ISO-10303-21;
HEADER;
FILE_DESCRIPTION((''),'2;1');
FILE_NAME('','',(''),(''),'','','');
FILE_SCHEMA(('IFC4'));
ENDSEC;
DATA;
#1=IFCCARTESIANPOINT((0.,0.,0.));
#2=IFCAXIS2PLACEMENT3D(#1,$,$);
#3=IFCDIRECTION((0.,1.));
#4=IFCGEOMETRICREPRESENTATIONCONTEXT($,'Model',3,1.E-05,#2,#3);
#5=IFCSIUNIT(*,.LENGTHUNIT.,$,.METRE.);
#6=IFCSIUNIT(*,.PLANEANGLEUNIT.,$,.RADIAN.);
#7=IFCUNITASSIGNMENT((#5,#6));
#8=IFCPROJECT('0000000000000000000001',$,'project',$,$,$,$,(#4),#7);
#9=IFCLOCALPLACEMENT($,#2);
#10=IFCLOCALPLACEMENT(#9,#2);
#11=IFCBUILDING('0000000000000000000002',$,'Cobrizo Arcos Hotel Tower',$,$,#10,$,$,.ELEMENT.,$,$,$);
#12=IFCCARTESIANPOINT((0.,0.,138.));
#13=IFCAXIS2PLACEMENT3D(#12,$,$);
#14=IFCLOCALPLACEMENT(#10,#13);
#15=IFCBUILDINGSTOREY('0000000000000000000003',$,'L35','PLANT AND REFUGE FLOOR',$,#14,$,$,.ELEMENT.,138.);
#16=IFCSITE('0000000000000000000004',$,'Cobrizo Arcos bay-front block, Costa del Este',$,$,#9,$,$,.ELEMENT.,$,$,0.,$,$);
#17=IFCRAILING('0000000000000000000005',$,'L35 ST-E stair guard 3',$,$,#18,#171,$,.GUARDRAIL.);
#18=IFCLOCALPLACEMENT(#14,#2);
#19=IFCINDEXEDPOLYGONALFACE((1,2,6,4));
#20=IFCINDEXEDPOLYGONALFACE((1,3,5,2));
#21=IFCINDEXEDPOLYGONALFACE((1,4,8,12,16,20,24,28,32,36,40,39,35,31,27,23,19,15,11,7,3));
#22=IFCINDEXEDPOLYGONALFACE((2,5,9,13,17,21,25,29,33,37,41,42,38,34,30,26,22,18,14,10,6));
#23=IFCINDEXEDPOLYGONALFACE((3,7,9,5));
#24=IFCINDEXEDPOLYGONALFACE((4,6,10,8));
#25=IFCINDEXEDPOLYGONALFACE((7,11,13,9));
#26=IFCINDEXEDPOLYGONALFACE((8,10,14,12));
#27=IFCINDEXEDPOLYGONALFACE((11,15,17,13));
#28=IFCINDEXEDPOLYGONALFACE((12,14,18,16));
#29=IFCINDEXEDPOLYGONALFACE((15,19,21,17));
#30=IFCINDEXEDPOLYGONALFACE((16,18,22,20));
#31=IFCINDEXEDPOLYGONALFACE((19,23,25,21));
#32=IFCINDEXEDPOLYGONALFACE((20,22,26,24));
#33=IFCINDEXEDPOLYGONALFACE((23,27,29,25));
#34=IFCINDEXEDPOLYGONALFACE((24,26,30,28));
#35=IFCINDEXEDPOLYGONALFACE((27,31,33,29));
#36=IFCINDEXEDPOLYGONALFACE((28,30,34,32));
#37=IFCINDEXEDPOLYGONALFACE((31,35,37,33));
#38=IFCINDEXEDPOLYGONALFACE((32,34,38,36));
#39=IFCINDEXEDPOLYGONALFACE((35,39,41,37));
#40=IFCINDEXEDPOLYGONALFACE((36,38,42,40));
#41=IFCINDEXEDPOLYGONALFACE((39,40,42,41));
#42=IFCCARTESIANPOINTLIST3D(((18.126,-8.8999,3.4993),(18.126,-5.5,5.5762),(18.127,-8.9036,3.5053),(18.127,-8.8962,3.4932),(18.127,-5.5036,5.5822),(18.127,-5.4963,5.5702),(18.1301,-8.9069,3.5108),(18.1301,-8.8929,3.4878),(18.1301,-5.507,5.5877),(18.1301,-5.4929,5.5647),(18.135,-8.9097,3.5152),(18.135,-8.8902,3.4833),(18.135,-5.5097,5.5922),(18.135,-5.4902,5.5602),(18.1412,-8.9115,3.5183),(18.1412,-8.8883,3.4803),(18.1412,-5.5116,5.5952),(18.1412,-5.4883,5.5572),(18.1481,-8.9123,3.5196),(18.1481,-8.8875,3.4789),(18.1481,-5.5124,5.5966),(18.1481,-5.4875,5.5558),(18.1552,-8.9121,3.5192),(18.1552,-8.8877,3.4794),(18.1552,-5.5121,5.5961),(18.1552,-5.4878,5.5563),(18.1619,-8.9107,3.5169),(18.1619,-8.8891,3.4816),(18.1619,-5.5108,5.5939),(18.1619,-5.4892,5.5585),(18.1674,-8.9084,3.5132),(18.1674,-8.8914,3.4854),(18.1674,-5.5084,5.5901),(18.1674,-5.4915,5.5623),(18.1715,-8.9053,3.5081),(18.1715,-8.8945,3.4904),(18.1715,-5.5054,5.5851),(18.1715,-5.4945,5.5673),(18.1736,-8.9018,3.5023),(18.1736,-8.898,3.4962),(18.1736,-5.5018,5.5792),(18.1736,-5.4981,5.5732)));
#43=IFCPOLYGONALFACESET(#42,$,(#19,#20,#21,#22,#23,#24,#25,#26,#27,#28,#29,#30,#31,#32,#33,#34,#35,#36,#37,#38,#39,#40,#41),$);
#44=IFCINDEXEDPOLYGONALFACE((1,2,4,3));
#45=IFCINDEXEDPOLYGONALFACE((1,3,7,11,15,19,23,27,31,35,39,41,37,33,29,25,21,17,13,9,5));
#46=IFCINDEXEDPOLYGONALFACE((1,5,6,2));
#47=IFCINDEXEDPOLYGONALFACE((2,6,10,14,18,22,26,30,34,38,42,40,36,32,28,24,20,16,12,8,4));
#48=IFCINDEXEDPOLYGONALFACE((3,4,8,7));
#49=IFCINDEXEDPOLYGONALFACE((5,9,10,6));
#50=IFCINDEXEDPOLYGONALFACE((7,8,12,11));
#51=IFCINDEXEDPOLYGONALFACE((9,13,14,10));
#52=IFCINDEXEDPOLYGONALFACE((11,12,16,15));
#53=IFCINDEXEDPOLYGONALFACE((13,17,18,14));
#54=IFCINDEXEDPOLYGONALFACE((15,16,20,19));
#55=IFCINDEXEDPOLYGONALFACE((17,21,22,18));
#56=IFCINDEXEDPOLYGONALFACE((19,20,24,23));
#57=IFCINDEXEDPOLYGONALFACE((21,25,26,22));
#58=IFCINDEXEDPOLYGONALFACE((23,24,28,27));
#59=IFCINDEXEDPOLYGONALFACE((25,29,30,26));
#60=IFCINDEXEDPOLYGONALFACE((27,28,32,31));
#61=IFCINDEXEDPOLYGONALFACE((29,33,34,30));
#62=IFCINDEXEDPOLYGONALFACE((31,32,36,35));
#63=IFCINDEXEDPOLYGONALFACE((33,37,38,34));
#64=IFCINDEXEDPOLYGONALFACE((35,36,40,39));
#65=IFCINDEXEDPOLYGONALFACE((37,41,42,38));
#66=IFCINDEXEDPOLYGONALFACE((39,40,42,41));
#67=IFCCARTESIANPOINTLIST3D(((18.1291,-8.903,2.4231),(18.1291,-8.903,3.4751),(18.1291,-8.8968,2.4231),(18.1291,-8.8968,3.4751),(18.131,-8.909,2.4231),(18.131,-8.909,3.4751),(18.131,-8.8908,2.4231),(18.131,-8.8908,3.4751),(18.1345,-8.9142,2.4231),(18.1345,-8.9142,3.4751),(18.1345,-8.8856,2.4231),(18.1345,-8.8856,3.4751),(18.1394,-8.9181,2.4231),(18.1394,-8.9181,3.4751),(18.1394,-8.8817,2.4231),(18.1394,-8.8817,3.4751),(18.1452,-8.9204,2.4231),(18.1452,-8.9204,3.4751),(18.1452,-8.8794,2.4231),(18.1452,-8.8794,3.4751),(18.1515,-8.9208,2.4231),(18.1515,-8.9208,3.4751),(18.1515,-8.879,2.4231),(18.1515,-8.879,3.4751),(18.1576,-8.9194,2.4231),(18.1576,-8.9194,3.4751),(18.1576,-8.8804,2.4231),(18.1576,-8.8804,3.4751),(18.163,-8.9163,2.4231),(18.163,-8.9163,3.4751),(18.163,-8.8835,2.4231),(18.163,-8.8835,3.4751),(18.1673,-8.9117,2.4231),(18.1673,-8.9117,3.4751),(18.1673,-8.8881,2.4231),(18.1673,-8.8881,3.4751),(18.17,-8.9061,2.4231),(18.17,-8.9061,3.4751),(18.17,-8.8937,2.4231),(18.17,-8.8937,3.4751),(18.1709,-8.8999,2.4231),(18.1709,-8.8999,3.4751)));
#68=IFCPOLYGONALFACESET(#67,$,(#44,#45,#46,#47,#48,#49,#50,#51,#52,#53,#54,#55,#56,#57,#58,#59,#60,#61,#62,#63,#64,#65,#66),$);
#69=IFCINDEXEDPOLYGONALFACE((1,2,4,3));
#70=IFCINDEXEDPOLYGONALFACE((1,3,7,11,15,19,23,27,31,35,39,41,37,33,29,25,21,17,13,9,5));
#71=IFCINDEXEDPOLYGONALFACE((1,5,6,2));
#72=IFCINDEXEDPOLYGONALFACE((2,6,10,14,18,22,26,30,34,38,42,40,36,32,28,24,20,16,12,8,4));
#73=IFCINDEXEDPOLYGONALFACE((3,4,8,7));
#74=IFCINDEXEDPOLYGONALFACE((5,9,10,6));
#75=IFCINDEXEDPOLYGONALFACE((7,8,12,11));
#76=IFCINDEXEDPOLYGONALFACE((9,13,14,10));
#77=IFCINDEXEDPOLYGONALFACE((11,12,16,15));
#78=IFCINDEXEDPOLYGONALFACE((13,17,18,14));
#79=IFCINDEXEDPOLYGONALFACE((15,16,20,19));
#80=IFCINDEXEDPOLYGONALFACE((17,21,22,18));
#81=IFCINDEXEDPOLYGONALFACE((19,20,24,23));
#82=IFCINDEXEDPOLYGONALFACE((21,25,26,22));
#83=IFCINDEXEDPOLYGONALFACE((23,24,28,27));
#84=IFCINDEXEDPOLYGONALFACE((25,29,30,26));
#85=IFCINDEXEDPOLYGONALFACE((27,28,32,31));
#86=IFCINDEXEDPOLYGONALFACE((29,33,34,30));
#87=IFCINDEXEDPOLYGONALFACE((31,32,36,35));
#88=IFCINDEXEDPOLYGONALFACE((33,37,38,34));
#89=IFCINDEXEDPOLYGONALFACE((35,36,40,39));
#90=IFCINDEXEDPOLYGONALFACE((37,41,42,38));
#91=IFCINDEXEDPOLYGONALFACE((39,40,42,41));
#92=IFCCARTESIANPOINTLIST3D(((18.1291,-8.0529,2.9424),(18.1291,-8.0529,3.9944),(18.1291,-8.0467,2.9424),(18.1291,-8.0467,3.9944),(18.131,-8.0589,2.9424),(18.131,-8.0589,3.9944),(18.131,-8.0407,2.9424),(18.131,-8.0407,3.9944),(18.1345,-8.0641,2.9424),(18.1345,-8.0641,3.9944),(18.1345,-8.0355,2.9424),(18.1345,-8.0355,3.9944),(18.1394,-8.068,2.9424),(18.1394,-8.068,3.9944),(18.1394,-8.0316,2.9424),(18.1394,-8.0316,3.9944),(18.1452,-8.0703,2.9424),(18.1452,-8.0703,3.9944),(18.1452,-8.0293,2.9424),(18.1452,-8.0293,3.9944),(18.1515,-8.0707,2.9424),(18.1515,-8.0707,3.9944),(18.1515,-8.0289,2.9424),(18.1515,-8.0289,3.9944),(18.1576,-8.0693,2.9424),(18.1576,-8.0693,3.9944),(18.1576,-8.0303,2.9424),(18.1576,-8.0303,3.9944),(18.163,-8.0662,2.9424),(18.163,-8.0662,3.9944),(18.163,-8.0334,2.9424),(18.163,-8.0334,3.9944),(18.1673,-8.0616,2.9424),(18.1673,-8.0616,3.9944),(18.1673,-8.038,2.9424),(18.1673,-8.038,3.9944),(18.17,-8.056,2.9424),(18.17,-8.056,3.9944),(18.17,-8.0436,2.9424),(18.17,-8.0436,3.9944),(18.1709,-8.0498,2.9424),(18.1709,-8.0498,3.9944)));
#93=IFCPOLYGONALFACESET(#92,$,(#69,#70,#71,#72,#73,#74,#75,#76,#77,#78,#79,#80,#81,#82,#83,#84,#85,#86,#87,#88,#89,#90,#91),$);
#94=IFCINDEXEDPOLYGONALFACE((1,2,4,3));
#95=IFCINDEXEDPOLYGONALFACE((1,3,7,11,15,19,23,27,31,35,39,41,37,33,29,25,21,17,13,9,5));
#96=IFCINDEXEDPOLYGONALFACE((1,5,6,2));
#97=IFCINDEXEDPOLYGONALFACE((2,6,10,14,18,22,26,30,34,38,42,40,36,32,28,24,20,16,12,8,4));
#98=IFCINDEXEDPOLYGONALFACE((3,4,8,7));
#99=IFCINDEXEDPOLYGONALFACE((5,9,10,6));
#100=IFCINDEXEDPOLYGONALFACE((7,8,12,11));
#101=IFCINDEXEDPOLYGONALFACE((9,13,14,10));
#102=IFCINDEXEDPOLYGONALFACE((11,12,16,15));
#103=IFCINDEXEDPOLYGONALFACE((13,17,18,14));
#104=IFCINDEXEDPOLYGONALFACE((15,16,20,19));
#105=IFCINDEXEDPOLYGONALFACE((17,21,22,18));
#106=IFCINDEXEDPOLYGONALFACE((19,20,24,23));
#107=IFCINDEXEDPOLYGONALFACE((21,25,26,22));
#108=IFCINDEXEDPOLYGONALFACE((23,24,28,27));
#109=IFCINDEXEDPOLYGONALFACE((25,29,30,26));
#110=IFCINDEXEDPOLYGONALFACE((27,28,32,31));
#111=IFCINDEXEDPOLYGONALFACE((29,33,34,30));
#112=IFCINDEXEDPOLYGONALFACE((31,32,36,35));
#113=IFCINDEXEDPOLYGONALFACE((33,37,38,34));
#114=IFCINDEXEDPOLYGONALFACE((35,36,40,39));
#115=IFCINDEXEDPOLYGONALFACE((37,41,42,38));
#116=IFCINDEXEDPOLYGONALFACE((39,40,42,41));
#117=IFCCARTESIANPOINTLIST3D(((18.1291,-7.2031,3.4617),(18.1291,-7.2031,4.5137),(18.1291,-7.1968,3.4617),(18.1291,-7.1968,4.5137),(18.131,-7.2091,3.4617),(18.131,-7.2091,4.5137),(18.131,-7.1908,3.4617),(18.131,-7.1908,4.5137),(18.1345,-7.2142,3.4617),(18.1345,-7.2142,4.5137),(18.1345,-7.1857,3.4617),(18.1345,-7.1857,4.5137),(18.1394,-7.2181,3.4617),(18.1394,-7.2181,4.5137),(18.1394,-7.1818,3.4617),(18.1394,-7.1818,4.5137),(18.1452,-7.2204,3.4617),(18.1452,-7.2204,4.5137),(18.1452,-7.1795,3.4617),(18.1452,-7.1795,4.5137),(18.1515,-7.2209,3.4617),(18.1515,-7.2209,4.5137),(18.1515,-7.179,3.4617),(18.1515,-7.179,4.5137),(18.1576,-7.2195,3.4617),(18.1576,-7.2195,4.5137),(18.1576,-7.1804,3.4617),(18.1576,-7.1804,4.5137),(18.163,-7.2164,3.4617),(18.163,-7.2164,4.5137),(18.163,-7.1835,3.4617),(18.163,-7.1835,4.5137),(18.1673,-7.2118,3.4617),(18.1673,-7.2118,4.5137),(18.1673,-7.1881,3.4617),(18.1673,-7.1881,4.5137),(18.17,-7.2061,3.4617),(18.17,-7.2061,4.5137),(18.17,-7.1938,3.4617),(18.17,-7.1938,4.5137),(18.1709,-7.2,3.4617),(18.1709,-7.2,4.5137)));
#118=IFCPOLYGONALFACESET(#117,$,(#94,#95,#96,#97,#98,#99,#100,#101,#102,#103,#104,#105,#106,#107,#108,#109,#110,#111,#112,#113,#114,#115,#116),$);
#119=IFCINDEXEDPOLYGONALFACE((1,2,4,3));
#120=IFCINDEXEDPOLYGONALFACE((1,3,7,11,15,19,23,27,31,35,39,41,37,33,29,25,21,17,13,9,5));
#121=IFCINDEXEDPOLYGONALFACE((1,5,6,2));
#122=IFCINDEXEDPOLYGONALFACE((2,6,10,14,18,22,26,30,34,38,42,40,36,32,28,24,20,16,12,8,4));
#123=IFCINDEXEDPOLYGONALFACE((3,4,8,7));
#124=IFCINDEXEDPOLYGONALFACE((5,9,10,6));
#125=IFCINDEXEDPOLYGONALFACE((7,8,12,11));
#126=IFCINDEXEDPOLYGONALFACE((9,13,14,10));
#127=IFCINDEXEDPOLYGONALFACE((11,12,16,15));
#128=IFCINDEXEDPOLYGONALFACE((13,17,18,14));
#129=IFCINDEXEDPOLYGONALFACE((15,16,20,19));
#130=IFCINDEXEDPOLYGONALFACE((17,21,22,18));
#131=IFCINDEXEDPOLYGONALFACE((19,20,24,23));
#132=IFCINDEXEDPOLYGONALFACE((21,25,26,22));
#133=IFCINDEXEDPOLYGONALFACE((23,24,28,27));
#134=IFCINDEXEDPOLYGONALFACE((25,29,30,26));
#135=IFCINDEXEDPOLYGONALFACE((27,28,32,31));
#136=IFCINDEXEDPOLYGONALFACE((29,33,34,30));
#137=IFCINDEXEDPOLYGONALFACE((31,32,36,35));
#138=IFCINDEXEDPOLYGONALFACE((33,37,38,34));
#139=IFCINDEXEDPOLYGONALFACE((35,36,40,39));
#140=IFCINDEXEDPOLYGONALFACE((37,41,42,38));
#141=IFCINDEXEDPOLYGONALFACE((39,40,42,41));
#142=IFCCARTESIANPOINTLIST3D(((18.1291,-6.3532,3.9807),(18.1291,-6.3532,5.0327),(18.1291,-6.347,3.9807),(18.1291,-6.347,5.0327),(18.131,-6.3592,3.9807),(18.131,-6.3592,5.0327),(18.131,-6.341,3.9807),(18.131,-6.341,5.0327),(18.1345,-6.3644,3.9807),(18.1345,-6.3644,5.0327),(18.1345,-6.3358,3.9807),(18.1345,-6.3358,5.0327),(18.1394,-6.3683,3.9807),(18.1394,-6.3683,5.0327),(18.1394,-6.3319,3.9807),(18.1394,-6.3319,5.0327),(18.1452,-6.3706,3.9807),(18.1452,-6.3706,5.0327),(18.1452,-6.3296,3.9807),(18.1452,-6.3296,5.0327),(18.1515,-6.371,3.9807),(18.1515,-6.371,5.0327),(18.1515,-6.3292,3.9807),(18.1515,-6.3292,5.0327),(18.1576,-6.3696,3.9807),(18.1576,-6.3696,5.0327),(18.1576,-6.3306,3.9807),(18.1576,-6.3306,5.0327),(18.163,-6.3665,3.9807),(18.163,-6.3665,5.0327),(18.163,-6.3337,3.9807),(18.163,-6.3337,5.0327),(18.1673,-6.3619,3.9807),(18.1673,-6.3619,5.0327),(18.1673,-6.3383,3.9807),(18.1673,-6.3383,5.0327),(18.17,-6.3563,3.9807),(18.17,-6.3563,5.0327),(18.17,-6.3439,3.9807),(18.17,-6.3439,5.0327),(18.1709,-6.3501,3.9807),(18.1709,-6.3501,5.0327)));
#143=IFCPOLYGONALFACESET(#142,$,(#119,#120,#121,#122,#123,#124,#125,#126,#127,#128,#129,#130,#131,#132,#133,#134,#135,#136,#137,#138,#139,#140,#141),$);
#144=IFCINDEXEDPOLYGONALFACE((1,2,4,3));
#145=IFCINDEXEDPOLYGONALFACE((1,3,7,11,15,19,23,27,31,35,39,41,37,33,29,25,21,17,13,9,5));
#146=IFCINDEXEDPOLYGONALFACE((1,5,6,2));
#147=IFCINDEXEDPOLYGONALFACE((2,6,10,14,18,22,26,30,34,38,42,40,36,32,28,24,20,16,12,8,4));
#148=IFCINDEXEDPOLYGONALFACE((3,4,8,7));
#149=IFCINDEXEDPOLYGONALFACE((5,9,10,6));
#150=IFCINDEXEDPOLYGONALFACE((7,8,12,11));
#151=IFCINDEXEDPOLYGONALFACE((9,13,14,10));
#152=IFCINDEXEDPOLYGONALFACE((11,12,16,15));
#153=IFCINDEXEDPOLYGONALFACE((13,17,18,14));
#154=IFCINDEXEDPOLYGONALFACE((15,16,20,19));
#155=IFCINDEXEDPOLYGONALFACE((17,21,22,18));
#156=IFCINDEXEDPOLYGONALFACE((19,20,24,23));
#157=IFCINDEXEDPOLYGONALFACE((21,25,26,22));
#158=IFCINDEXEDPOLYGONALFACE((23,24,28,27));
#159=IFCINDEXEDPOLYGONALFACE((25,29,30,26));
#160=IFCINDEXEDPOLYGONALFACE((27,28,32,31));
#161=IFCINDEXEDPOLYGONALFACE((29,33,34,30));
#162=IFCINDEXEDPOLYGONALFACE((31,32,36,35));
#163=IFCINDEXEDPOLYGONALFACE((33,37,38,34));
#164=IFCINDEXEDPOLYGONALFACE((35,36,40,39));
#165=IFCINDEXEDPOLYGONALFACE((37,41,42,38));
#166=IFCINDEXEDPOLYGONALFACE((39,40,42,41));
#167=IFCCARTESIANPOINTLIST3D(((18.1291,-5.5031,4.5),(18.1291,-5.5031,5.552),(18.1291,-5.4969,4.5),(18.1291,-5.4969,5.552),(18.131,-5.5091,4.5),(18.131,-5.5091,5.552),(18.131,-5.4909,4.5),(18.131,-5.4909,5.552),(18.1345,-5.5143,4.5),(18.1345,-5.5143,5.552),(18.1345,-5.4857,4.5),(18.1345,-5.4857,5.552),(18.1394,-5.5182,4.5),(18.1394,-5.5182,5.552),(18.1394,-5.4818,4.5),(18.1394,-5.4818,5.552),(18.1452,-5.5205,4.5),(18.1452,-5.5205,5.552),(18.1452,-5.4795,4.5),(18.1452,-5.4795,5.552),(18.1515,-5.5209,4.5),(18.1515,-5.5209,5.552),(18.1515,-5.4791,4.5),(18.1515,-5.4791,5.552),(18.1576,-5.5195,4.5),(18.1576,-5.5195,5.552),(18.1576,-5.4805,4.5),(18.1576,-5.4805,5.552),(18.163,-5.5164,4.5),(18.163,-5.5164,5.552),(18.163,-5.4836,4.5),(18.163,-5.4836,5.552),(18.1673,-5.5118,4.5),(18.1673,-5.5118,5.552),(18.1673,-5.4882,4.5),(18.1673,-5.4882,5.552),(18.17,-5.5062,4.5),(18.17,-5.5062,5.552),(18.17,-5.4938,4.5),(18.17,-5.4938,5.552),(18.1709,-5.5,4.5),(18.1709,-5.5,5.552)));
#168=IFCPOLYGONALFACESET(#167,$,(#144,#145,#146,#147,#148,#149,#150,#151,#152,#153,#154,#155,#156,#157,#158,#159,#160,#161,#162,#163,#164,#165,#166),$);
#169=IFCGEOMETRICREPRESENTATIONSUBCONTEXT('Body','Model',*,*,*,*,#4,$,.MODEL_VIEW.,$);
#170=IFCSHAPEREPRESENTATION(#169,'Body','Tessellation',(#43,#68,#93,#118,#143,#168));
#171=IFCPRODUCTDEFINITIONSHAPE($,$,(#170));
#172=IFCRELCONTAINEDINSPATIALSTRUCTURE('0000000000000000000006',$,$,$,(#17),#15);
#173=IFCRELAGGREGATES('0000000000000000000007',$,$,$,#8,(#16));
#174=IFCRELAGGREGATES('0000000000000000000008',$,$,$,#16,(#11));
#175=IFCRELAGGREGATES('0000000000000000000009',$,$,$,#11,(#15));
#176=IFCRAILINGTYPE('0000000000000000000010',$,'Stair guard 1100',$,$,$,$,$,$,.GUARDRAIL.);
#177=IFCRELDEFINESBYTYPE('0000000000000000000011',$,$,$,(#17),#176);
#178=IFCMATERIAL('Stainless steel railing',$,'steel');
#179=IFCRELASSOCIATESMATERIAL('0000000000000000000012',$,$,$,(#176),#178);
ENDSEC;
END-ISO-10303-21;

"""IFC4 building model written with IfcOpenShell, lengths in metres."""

from ifc_helpers import new_model, si_unit, direction, frame, origin, origin_2d, place, context, subcontext, project, spatial, circle, extrude, material, type_object, element, save


model = new_model("IFC4")

# Units and contexts
model_context = context("Model", 3, precision=1e-05, world=origin(), true_north=direction((0.0, 1.0)))
body_context = subcontext(model_context, "Body", "Model", "MODEL_VIEW")
ifc_project = project(units=[si_unit("LENGTHUNIT", "METRE"), si_unit("PLANEANGLEUNIT", "RADIAN")], contexts=[model_context])

# Site, building, storey
site_placement = place(None, origin())
site = spatial("IfcSite", under=ifc_project, at=site_placement, Name="Cobrizo Arcos bay-front block, Costa del Este", CompositionType="ELEMENT", RefElevation=0.0)
building_placement = place(site_placement, origin())
building = spatial("IfcBuilding", under=site, at=building_placement, Name="Cobrizo Arcos Hotel Tower", CompositionType="ELEMENT")
storey_placement = place(building_placement, frame((0.0, 0.0, 138.0)))
storey = spatial("IfcBuildingStorey", under=building, at=storey_placement, Name="L35", Description="PLANT AND REFUGE FLOOR", CompositionType="ELEMENT", Elevation=138.0)

# Railing
ifc_material_1 = material(Name="Stainless steel railing", Category="steel")
railing_type_1 = type_object("IfcRailingType", Name="Stair guard 1100", PredefinedType="GUARDRAIL", material=ifc_material_1)
railing_1_placement = place(storey_placement, frame((18.1499, -8.8999, 2.4231)))
element("IfcRailing", 1, at=railing_1_placement, inside=storey, type_object=railing_type_1, Name="L35 ST-E stair guard 3", PredefinedType="GUARDRAIL", context=body_context, shape_type="SweptSolid", body=[
    extrude(circle(Radius=0.0239, at=origin_2d()), frame((0.0, 0.0, 1.0762), z_axis=(0.0, 0.853373, 0.521301), x_axis=(-1.0, 0.0, 0.0)), (0.0, 0.0, 1.0), 3.9841),
    extrude(circle(Radius=0.021, at=origin_2d()), origin(), (0.0, 0.0, 1.0), 1.052),
    extrude(circle(Radius=0.021, at=origin_2d()), frame((0.0, 0.8501, 0.5193)), (0.0, 0.0, 1.0), 1.052),
    extrude(circle(Radius=0.021, at=origin_2d()), frame((0.0, 1.7, 1.0386)), (0.0, 0.0, 1.0), 1.052),
    extrude(circle(Radius=0.021, at=origin_2d()), frame((0.0, 2.5498, 1.5576)), (0.0, 0.0, 1.0), 1.052),
    extrude(circle(Radius=0.021, at=origin_2d()), frame((0.0, 3.3999, 2.0769)), (0.0, 0.0, 1.0), 1.052),
])

save(model, "model.ifc")
